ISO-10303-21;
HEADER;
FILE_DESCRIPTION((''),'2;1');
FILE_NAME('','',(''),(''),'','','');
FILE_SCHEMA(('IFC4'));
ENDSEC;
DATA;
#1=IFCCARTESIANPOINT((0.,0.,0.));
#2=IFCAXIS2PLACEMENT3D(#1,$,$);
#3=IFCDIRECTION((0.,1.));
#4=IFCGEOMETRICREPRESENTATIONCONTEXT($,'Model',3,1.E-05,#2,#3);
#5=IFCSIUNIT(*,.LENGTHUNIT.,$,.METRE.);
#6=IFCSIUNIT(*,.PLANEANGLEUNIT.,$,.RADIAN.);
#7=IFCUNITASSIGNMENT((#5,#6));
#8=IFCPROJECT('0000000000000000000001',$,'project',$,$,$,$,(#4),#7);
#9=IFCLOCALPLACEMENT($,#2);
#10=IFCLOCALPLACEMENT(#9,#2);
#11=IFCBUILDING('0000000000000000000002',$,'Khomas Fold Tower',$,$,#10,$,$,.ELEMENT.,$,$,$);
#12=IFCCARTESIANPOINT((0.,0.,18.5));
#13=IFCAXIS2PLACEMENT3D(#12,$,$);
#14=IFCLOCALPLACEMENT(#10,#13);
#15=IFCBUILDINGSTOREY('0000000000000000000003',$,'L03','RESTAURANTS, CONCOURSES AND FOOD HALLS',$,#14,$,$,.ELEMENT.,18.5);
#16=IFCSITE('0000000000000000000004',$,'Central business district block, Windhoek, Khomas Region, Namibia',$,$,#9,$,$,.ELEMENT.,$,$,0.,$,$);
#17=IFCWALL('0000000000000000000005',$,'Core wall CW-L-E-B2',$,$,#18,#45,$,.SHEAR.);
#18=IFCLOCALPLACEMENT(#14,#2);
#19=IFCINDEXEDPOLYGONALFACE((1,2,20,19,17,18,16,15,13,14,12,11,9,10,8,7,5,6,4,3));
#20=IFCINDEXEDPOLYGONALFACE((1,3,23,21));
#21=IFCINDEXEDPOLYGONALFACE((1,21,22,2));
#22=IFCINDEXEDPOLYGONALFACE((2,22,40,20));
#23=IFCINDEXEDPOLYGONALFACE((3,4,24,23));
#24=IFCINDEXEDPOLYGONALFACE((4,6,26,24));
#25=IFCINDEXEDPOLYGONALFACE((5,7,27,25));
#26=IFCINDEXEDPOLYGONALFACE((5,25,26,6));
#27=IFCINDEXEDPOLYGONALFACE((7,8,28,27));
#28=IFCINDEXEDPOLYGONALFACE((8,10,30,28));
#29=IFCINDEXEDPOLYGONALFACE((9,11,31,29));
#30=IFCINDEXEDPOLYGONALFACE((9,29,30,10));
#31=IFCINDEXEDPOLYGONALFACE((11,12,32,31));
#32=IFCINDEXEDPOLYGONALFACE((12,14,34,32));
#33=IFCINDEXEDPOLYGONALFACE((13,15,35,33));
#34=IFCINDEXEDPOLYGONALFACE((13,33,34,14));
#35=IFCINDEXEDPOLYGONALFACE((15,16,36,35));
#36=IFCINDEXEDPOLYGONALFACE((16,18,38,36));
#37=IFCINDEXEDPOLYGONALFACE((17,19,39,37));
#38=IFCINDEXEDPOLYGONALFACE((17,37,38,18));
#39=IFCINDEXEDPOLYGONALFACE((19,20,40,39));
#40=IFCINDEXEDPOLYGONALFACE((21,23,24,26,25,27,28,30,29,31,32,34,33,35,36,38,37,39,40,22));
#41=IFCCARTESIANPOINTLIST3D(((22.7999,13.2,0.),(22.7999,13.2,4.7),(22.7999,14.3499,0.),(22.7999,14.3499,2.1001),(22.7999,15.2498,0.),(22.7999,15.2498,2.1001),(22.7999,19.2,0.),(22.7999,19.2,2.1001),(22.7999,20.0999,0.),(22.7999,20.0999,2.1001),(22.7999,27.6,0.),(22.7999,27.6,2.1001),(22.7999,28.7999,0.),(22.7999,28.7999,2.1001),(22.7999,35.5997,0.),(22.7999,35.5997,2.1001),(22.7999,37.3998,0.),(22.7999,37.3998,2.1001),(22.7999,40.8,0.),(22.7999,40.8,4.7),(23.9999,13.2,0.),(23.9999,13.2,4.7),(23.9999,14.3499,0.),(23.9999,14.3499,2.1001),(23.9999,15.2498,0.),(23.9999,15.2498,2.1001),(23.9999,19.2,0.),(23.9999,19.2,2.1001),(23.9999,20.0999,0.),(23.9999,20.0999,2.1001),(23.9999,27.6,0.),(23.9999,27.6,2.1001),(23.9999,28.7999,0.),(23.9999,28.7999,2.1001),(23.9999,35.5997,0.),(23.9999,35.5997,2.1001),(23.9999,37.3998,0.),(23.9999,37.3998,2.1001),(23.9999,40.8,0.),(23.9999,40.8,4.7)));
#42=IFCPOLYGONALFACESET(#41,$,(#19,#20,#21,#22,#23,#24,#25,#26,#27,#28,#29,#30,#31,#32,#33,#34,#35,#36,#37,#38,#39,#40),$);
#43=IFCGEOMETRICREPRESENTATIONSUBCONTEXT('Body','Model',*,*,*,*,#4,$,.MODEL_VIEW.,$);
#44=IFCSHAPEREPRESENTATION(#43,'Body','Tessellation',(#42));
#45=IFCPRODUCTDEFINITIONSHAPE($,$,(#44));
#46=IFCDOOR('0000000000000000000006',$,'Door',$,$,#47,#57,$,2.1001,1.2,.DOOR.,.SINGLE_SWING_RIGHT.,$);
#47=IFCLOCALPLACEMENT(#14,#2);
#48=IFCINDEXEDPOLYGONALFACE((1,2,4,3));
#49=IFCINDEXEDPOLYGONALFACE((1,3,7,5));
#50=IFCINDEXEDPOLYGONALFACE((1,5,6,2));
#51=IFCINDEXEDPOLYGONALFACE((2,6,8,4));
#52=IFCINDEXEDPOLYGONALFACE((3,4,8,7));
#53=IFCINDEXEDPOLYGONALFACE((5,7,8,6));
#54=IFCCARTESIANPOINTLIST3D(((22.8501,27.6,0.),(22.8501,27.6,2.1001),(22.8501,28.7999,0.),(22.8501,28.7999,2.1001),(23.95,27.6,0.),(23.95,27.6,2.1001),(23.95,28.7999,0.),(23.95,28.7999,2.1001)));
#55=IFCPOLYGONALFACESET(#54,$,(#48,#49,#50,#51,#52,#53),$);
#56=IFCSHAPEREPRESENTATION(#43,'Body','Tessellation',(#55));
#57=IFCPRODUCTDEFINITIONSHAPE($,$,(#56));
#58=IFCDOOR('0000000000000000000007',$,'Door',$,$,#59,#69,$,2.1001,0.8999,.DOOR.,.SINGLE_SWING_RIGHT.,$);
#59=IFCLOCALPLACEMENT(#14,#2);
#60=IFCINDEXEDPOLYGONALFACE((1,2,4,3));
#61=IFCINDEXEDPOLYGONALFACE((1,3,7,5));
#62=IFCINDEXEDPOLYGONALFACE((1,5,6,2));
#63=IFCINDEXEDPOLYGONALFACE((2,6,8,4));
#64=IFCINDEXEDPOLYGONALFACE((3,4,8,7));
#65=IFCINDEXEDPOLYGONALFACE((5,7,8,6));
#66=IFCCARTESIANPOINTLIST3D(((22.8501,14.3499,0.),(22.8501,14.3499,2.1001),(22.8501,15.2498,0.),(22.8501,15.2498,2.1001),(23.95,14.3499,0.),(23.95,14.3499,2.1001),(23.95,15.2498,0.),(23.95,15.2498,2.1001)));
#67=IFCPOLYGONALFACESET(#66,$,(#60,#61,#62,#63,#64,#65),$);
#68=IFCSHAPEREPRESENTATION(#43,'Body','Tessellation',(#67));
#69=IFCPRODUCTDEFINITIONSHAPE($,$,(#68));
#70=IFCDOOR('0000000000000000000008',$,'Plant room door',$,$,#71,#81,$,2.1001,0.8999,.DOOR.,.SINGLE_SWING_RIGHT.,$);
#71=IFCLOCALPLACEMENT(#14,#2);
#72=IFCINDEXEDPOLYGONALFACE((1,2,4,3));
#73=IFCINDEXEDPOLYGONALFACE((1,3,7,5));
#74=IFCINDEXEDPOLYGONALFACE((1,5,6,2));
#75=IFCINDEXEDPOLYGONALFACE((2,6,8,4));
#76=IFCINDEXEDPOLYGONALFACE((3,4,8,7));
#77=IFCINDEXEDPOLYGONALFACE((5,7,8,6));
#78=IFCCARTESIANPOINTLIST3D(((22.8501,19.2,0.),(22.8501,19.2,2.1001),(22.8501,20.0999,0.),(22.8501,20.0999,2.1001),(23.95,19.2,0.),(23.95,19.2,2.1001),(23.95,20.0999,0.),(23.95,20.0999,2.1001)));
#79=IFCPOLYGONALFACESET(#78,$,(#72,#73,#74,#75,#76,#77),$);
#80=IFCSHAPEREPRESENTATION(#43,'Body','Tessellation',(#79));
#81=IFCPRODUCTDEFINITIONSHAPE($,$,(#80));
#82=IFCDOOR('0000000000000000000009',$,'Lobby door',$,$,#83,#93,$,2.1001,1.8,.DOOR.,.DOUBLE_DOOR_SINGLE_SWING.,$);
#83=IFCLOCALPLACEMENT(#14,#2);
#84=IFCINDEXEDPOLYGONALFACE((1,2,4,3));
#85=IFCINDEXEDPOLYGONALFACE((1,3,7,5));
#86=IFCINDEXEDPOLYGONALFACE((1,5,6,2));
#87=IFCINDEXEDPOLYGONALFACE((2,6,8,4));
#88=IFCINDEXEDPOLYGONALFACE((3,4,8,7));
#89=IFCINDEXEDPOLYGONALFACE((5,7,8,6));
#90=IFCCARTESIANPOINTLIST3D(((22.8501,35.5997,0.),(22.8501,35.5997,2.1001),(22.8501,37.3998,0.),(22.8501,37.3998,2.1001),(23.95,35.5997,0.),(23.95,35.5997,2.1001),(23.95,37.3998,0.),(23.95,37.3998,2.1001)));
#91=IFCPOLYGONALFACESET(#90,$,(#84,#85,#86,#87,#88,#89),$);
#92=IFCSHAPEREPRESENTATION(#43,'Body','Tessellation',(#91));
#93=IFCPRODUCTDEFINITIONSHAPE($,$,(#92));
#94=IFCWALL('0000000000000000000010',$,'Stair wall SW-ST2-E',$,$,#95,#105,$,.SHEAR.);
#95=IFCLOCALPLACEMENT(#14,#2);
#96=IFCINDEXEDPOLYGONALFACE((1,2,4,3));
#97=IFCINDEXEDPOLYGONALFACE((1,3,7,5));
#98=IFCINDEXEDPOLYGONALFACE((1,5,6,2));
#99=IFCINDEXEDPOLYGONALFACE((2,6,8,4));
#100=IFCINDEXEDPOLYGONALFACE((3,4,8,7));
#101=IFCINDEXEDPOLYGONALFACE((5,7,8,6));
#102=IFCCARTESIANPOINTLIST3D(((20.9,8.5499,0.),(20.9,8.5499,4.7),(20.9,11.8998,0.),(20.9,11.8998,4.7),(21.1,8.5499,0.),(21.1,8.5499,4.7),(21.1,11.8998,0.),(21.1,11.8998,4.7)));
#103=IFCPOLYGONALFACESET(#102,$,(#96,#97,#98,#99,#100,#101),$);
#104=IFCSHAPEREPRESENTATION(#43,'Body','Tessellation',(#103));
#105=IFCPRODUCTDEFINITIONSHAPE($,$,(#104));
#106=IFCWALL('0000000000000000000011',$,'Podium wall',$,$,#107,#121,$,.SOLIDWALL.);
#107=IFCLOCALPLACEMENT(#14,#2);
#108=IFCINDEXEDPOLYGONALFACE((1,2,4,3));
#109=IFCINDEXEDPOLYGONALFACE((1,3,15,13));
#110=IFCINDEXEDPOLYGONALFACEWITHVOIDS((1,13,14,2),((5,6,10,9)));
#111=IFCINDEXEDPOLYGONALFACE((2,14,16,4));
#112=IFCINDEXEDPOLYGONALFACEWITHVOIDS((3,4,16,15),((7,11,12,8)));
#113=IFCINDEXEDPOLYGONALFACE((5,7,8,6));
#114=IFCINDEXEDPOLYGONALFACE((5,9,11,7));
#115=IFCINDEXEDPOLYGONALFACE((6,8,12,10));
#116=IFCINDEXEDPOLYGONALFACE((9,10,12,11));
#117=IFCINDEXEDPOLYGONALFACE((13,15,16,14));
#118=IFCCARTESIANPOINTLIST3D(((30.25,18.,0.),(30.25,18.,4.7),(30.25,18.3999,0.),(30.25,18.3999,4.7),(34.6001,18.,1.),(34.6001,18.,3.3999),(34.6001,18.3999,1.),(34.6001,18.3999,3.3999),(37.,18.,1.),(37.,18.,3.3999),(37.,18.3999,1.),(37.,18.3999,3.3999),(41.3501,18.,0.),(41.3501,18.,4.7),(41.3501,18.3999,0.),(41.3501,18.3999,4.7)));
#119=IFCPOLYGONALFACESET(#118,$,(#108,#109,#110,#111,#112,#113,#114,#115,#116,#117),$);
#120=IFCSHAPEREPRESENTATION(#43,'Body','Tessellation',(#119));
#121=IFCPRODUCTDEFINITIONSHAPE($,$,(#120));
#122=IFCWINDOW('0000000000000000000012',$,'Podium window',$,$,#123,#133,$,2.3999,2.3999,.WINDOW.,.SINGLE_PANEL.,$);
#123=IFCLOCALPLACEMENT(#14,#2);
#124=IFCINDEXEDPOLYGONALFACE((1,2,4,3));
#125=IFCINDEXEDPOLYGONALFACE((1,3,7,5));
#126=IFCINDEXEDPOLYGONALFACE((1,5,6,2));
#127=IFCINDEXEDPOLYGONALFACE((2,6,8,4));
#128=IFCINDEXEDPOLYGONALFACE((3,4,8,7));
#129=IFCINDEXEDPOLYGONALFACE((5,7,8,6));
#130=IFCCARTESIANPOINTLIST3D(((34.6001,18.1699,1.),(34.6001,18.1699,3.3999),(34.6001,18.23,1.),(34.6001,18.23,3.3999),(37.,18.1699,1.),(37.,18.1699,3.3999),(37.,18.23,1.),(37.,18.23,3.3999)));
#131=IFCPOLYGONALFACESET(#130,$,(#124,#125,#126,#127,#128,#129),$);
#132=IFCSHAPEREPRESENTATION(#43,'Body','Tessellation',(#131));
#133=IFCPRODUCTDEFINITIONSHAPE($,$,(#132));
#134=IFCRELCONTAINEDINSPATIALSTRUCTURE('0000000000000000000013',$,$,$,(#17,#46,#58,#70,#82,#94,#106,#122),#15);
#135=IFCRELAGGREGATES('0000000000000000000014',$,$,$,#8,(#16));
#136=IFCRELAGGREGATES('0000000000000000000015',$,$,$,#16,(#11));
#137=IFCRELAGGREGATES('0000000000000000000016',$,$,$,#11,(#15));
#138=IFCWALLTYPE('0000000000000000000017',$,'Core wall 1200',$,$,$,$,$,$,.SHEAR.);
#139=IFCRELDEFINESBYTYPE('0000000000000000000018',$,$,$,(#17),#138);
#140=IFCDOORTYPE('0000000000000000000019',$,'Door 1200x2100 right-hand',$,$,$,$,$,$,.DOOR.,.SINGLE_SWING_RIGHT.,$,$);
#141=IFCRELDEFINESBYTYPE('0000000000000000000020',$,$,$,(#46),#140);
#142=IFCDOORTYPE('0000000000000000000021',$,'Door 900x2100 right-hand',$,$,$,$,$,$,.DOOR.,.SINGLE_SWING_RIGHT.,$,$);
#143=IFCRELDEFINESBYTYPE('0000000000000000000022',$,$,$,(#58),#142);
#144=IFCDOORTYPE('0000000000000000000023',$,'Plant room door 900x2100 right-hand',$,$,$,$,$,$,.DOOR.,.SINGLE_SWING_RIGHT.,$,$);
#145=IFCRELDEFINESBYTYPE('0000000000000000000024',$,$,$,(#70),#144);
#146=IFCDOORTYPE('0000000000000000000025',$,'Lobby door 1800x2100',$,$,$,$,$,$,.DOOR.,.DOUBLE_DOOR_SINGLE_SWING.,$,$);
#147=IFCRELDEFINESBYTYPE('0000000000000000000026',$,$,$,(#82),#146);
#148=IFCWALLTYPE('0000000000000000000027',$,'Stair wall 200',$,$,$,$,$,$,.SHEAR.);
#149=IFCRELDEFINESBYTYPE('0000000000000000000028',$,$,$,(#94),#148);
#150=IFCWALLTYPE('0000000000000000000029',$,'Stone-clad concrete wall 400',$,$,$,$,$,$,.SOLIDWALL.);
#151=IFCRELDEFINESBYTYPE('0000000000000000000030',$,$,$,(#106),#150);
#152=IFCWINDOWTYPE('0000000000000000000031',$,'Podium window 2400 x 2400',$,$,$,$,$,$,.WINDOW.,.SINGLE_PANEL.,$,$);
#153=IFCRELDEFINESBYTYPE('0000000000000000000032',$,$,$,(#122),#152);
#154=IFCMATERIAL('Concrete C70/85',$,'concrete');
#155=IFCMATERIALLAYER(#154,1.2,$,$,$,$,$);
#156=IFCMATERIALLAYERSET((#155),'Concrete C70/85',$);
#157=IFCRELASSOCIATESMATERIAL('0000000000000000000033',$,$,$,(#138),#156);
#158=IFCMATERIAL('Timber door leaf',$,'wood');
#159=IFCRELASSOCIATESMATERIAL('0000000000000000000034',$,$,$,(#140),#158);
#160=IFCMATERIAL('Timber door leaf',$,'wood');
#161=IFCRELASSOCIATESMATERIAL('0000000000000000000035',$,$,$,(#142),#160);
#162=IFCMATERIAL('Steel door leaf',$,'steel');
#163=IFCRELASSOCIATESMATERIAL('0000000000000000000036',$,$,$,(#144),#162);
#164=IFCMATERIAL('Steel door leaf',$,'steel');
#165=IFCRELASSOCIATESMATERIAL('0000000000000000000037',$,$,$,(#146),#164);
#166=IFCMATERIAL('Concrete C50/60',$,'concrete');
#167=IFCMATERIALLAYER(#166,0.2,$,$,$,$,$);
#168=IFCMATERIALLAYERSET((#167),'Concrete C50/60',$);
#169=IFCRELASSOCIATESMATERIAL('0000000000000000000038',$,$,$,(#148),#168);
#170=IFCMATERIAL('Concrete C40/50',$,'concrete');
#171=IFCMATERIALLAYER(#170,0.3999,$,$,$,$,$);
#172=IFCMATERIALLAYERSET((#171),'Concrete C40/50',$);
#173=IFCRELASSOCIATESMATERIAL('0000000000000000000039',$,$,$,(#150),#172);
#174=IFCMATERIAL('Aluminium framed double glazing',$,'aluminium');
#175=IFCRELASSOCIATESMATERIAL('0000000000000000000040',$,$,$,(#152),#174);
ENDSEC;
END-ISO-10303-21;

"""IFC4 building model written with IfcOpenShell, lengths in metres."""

from ifc_helpers import new_model, si_unit, direction, frame, frame_2d, origin, place, context, subcontext, project, spatial, rectangle, extrude, source, transform, mapped, material, layer, layer_set, type_object, element, fill, save


model = new_model("IFC4")

# Units and contexts
model_context = context("Model", 3, precision=1e-05, world=origin(), true_north=direction((0.0, 1.0)))
body_context = subcontext(model_context, "Body", "Model", "MODEL_VIEW")
ifc_project = project(units=[si_unit("LENGTHUNIT", "METRE"), si_unit("PLANEANGLEUNIT", "RADIAN")], contexts=[model_context])

# Site, building, storey
site_placement = place(None, origin())
site = spatial("IfcSite", under=ifc_project, at=site_placement, Name="Central business district block, Windhoek, Khomas Region, Namibia", CompositionType="ELEMENT", RefElevation=0.0)
building_placement = place(site_placement, origin())
building = spatial("IfcBuilding", under=site, at=building_placement, Name="Khomas Fold Tower", CompositionType="ELEMENT")
storey_placement = place(building_placement, frame((0.0, 0.0, 18.5)))
storey = spatial("IfcBuildingStorey", under=building, at=storey_placement, Name="L03", Description="RESTAURANTS, CONCOURSES AND FOOD HALLS", CompositionType="ELEMENT", Elevation=18.5)

# Shared definitions
ifc_material_1 = material(Name="Concrete C70/85", Category="concrete")
ifc_layer_1 = layer(ifc_material_1, 1.2)
ifc_layer_set_1 = layer_set([ifc_layer_1], Name="Concrete C70/85")
wall_type_1 = type_object("IfcWallType", Name="Core wall 1200", PredefinedType="SHEAR", material=ifc_layer_set_1)

# Wall, openings, doors
shared_shape_1 = source(origin(), body_context, "Body", "SweptSolid", [
    extrude(rectangle(XDim=27.6001, YDim=1.2, at=frame_2d((13.8, 0.0))), origin(), (0.0, 0.0, 1.0), 4.7),
])
wall_1_placement = place(storey_placement, frame((23.3999, 13.2, 0.0), z_axis=(0.0, 0.0, 1.0), x_axis=(0.0, 1.0, 0.0)))
wall_1 = element("IfcWall", 1, at=wall_1_placement, inside=storey, type_object=wall_type_1, Name="Core wall CW-L-E-B2", PredefinedType="SHEAR", context=body_context, shape_type="MappedRepresentation", body=[
    mapped(shared_shape_1, transform((0.0, 0.0, 0.0))),
])
shared_shape_2 = source(origin(), body_context, "Body", "SweptSolid", [
    extrude(rectangle(XDim=1.8, YDim=2.1001, at=frame_2d((0.8999, 1.05))), frame((0.0, 0.6099, 0.0), z_axis=(0.0, -1.0, 0.0), x_axis=(1.0, 0.0, 0.0)), (0.0, 0.0, 1.0), 1.22),
])
opening_1_placement = place(wall_1_placement, frame((22.3999, 0.0, 0.0)))
opening_1 = element("IfcOpeningElement", 2, at=opening_1_placement, cuts=wall_1, PredefinedType="OPENING", context=body_context, shape_type="MappedRepresentation", body=[
    mapped(shared_shape_2, transform((0.0, 0.0, 0.0))),
])
shared_shape_3 = source(origin(), body_context, "Body", "SweptSolid", [
    extrude(rectangle(XDim=1.2, YDim=2.1001, at=frame_2d((0.6001, 1.05))), frame((0.0, 0.6099, 0.0), z_axis=(0.0, -1.0, 0.0), x_axis=(1.0, 0.0, 0.0)), (0.0, 0.0, 1.0), 1.22),
])
opening_2_placement = place(wall_1_placement, frame((14.3999, 0.0, 0.0)))
opening_2 = element("IfcOpeningElement", 3, at=opening_2_placement, cuts=wall_1, PredefinedType="OPENING", context=body_context, shape_type="MappedRepresentation", body=[
    mapped(shared_shape_3, transform((0.0, 0.0, 0.0))),
])
shared_shape_4 = source(origin(), body_context, "Body", "SweptSolid", [
    extrude(rectangle(XDim=0.8999, YDim=2.1001, at=frame_2d((0.45, 1.05))), frame((0.0, 0.6099, 0.0), z_axis=(0.0, -1.0, 0.0), x_axis=(1.0, 0.0, 0.0)), (0.0, 0.0, 1.0), 1.22),
])
opening_3_placement = place(wall_1_placement, frame((1.1499, 0.0, 0.0)))
opening_3 = element("IfcOpeningElement", 4, at=opening_3_placement, cuts=wall_1, PredefinedType="OPENING", context=body_context, shape_type="MappedRepresentation", body=[
    mapped(shared_shape_4, transform((0.0, 0.0, 0.0))),
])
opening_4_placement = place(wall_1_placement, frame((6.0, 0.0, 0.0)))
opening_4 = element("IfcOpeningElement", 5, at=opening_4_placement, cuts=wall_1, PredefinedType="OPENING", context=body_context, shape_type="MappedRepresentation", body=[
    mapped(shared_shape_4, transform((0.0, 0.0, 0.0))),
])
ifc_material_2 = material(Name="Timber door leaf", Category="wood")
door_type_1 = type_object("IfcDoorType", Name="Door 1200x2100 right-hand", OperationType="SINGLE_SWING_RIGHT", PredefinedType="DOOR", material=ifc_material_2)
shared_shape_5 = source(origin(), body_context, "Body", "SweptSolid", [
    extrude(rectangle(XDim=1.2, YDim=2.1001, at=frame_2d((0.6001, 1.05))), frame((0.0, 0.5498, 0.0), z_axis=(0.0, -1.0, 0.0), x_axis=(1.0, 0.0, 0.0)), (0.0, 0.0, 1.0), 1.0999),
])
door_1_placement = place(opening_2_placement, origin())
door_1 = element("IfcDoor", 6, at=door_1_placement, inside=storey, type_object=door_type_1, Name="Door", OperationType="SINGLE_SWING_RIGHT", OverallHeight=2.1001, OverallWidth=1.2, PredefinedType="DOOR", context=body_context, shape_type="MappedRepresentation", body=[
    mapped(shared_shape_5, transform((0.0, 0.0, 0.0))),
])
fill(opening_2, door_1)
ifc_material_3 = material(Name="Timber door leaf", Category="wood")
door_type_2 = type_object("IfcDoorType", Name="Door 900x2100 right-hand", OperationType="SINGLE_SWING_RIGHT", PredefinedType="DOOR", material=ifc_material_3)
shared_shape_6 = source(origin(), body_context, "Body", "SweptSolid", [
    extrude(rectangle(XDim=0.8999, YDim=2.1001, at=frame_2d((0.45, 1.05))), frame((0.0, 0.5498, 0.0), z_axis=(0.0, -1.0, 0.0), x_axis=(1.0, 0.0, 0.0)), (0.0, 0.0, 1.0), 1.0999),
])
door_2_placement = place(opening_3_placement, origin())
door_2 = element("IfcDoor", 7, at=door_2_placement, inside=storey, type_object=door_type_2, Name="Door", OperationType="SINGLE_SWING_RIGHT", OverallHeight=2.1001, OverallWidth=0.8999, PredefinedType="DOOR", context=body_context, shape_type="MappedRepresentation", body=[
    mapped(shared_shape_6, transform((0.0, 0.0, 0.0))),
])
fill(opening_3, door_2)
ifc_material_4 = material(Name="Steel door leaf", Category="steel")
door_type_3 = type_object("IfcDoorType", Name="Plant room door 900x2100 right-hand", OperationType="SINGLE_SWING_RIGHT", PredefinedType="DOOR", material=ifc_material_4)
door_3_placement = place(opening_4_placement, origin())
door_3 = element("IfcDoor", 8, at=door_3_placement, inside=storey, type_object=door_type_3, Name="Plant room door", OperationType="SINGLE_SWING_RIGHT", OverallHeight=2.1001, OverallWidth=0.8999, PredefinedType="DOOR", context=body_context, shape_type="MappedRepresentation", body=[
    mapped(shared_shape_6, transform((0.0, 0.0, 0.0))),
])
fill(opening_4, door_3)
ifc_material_5 = material(Name="Steel door leaf", Category="steel")
door_type_4 = type_object("IfcDoorType", Name="Lobby door 1800x2100", OperationType="DOUBLE_DOOR_SINGLE_SWING", PredefinedType="DOOR", material=ifc_material_5)
shared_shape_7 = source(origin(), body_context, "Body", "SweptSolid", [
    extrude(rectangle(XDim=1.8, YDim=2.1001, at=frame_2d((0.8999, 1.05))), frame((0.0, 0.5498, 0.0), z_axis=(0.0, -1.0, 0.0), x_axis=(1.0, 0.0, 0.0)), (0.0, 0.0, 1.0), 1.0999),
])
door_4_placement = place(opening_1_placement, origin())
door_4 = element("IfcDoor", 9, at=door_4_placement, inside=storey, type_object=door_type_4, Name="Lobby door", OperationType="DOUBLE_DOOR_SINGLE_SWING", OverallHeight=2.1001, OverallWidth=1.8, PredefinedType="DOOR", context=body_context, shape_type="MappedRepresentation", body=[
    mapped(shared_shape_7, transform((0.0, 0.0, 0.0))),
])
fill(opening_1, door_4)

# Wall
ifc_material_6 = material(Name="Concrete C50/60", Category="concrete")
ifc_layer_2 = layer(ifc_material_6, 0.2)
ifc_layer_set_2 = layer_set([ifc_layer_2], Name="Concrete C50/60")
wall_type_2 = type_object("IfcWallType", Name="Stair wall 200", PredefinedType="SHEAR", material=ifc_layer_set_2)
shared_shape_8 = source(origin(), body_context, "Body", "SweptSolid", [
    extrude(rectangle(XDim=3.3499, YDim=0.2, at=frame_2d((1.6748, 0.0))), origin(), (0.0, 0.0, 1.0), 4.7),
])
wall_2_placement = place(storey_placement, frame((21.0, 8.55, 0.0), z_axis=(0.0, 0.0, 1.0), x_axis=(0.0, 1.0, 0.0)))
element("IfcWall", 10, at=wall_2_placement, inside=storey, type_object=wall_type_2, Name="Stair wall SW-ST2-E", PredefinedType="SHEAR", context=body_context, shape_type="MappedRepresentation", body=[
    mapped(shared_shape_8, transform((0.0, 0.0, 0.0))),
])

# Wall, opening, window
ifc_material_7 = material(Name="Concrete C40/50", Category="concrete")
ifc_layer_3 = layer(ifc_material_7, 0.3999)
ifc_layer_set_3 = layer_set([ifc_layer_3], Name="Concrete C40/50")
wall_type_3 = type_object("IfcWallType", Name="Stone-clad concrete wall 400", PredefinedType="SOLIDWALL", material=ifc_layer_set_3)
shared_shape_9 = source(origin(), body_context, "Body", "SweptSolid", [
    extrude(rectangle(XDim=11.1001, YDim=0.3999, at=frame_2d((5.55, 0.0))), origin(), (0.0, 0.0, 1.0), 4.7),
])
wall_3_placement = place(storey_placement, frame((30.25, 18.2, 0.0), z_axis=(0.0, 0.0, 1.0), x_axis=(1.0, 0.0, 0.0)))
wall_3 = element("IfcWall", 11, at=wall_3_placement, inside=storey, type_object=wall_type_3, Name="Podium wall", PredefinedType="SOLIDWALL", context=body_context, shape_type="MappedRepresentation", body=[
    mapped(shared_shape_9, transform((0.0, 0.0, 0.0))),
])
shared_shape_10 = source(origin(), body_context, "Body", "SweptSolid", [
    extrude(rectangle(XDim=2.3999, YDim=2.3999, at=frame_2d((1.2, 1.2))), frame((0.0, 0.21, 0.0), z_axis=(0.0, -1.0, 0.0), x_axis=(1.0, 0.0, 0.0)), (0.0, 0.0, 1.0), 0.4199),
])
opening_5_placement = place(wall_3_placement, frame((4.3501, 0.0, 1.0)))
opening_5 = element("IfcOpeningElement", 12, at=opening_5_placement, cuts=wall_3, PredefinedType="OPENING", context=body_context, shape_type="MappedRepresentation", body=[
    mapped(shared_shape_10, transform((0.0, 0.0, 0.0))),
])
ifc_material_8 = material(Name="Aluminium framed double glazing", Category="aluminium")
window_type = type_object("IfcWindowType", Name="Podium window 2400 x 2400", PartitioningType="SINGLE_PANEL", PredefinedType="WINDOW", material=ifc_material_8)
shared_shape_11 = source(origin(), body_context, "Body", "SweptSolid", [
    extrude(rectangle(XDim=2.3999, YDim=2.3999, at=frame_2d((1.2, 1.2))), frame((0.0, 0.03, 0.0), z_axis=(0.0, -1.0, 0.0), x_axis=(1.0, 0.0, 0.0)), (0.0, 0.0, 1.0), 0.0601),
])
window_placement = place(opening_5_placement, origin())
window = element("IfcWindow", 13, at=window_placement, inside=storey, type_object=window_type, Name="Podium window", OverallHeight=2.3999, OverallWidth=2.3999, PartitioningType="SINGLE_PANEL", PredefinedType="WINDOW", context=body_context, shape_type="MappedRepresentation", body=[
    mapped(shared_shape_11, transform((0.0, 0.0, 0.0))),
])
fill(opening_5, window)

save(model, "model.ifc")
